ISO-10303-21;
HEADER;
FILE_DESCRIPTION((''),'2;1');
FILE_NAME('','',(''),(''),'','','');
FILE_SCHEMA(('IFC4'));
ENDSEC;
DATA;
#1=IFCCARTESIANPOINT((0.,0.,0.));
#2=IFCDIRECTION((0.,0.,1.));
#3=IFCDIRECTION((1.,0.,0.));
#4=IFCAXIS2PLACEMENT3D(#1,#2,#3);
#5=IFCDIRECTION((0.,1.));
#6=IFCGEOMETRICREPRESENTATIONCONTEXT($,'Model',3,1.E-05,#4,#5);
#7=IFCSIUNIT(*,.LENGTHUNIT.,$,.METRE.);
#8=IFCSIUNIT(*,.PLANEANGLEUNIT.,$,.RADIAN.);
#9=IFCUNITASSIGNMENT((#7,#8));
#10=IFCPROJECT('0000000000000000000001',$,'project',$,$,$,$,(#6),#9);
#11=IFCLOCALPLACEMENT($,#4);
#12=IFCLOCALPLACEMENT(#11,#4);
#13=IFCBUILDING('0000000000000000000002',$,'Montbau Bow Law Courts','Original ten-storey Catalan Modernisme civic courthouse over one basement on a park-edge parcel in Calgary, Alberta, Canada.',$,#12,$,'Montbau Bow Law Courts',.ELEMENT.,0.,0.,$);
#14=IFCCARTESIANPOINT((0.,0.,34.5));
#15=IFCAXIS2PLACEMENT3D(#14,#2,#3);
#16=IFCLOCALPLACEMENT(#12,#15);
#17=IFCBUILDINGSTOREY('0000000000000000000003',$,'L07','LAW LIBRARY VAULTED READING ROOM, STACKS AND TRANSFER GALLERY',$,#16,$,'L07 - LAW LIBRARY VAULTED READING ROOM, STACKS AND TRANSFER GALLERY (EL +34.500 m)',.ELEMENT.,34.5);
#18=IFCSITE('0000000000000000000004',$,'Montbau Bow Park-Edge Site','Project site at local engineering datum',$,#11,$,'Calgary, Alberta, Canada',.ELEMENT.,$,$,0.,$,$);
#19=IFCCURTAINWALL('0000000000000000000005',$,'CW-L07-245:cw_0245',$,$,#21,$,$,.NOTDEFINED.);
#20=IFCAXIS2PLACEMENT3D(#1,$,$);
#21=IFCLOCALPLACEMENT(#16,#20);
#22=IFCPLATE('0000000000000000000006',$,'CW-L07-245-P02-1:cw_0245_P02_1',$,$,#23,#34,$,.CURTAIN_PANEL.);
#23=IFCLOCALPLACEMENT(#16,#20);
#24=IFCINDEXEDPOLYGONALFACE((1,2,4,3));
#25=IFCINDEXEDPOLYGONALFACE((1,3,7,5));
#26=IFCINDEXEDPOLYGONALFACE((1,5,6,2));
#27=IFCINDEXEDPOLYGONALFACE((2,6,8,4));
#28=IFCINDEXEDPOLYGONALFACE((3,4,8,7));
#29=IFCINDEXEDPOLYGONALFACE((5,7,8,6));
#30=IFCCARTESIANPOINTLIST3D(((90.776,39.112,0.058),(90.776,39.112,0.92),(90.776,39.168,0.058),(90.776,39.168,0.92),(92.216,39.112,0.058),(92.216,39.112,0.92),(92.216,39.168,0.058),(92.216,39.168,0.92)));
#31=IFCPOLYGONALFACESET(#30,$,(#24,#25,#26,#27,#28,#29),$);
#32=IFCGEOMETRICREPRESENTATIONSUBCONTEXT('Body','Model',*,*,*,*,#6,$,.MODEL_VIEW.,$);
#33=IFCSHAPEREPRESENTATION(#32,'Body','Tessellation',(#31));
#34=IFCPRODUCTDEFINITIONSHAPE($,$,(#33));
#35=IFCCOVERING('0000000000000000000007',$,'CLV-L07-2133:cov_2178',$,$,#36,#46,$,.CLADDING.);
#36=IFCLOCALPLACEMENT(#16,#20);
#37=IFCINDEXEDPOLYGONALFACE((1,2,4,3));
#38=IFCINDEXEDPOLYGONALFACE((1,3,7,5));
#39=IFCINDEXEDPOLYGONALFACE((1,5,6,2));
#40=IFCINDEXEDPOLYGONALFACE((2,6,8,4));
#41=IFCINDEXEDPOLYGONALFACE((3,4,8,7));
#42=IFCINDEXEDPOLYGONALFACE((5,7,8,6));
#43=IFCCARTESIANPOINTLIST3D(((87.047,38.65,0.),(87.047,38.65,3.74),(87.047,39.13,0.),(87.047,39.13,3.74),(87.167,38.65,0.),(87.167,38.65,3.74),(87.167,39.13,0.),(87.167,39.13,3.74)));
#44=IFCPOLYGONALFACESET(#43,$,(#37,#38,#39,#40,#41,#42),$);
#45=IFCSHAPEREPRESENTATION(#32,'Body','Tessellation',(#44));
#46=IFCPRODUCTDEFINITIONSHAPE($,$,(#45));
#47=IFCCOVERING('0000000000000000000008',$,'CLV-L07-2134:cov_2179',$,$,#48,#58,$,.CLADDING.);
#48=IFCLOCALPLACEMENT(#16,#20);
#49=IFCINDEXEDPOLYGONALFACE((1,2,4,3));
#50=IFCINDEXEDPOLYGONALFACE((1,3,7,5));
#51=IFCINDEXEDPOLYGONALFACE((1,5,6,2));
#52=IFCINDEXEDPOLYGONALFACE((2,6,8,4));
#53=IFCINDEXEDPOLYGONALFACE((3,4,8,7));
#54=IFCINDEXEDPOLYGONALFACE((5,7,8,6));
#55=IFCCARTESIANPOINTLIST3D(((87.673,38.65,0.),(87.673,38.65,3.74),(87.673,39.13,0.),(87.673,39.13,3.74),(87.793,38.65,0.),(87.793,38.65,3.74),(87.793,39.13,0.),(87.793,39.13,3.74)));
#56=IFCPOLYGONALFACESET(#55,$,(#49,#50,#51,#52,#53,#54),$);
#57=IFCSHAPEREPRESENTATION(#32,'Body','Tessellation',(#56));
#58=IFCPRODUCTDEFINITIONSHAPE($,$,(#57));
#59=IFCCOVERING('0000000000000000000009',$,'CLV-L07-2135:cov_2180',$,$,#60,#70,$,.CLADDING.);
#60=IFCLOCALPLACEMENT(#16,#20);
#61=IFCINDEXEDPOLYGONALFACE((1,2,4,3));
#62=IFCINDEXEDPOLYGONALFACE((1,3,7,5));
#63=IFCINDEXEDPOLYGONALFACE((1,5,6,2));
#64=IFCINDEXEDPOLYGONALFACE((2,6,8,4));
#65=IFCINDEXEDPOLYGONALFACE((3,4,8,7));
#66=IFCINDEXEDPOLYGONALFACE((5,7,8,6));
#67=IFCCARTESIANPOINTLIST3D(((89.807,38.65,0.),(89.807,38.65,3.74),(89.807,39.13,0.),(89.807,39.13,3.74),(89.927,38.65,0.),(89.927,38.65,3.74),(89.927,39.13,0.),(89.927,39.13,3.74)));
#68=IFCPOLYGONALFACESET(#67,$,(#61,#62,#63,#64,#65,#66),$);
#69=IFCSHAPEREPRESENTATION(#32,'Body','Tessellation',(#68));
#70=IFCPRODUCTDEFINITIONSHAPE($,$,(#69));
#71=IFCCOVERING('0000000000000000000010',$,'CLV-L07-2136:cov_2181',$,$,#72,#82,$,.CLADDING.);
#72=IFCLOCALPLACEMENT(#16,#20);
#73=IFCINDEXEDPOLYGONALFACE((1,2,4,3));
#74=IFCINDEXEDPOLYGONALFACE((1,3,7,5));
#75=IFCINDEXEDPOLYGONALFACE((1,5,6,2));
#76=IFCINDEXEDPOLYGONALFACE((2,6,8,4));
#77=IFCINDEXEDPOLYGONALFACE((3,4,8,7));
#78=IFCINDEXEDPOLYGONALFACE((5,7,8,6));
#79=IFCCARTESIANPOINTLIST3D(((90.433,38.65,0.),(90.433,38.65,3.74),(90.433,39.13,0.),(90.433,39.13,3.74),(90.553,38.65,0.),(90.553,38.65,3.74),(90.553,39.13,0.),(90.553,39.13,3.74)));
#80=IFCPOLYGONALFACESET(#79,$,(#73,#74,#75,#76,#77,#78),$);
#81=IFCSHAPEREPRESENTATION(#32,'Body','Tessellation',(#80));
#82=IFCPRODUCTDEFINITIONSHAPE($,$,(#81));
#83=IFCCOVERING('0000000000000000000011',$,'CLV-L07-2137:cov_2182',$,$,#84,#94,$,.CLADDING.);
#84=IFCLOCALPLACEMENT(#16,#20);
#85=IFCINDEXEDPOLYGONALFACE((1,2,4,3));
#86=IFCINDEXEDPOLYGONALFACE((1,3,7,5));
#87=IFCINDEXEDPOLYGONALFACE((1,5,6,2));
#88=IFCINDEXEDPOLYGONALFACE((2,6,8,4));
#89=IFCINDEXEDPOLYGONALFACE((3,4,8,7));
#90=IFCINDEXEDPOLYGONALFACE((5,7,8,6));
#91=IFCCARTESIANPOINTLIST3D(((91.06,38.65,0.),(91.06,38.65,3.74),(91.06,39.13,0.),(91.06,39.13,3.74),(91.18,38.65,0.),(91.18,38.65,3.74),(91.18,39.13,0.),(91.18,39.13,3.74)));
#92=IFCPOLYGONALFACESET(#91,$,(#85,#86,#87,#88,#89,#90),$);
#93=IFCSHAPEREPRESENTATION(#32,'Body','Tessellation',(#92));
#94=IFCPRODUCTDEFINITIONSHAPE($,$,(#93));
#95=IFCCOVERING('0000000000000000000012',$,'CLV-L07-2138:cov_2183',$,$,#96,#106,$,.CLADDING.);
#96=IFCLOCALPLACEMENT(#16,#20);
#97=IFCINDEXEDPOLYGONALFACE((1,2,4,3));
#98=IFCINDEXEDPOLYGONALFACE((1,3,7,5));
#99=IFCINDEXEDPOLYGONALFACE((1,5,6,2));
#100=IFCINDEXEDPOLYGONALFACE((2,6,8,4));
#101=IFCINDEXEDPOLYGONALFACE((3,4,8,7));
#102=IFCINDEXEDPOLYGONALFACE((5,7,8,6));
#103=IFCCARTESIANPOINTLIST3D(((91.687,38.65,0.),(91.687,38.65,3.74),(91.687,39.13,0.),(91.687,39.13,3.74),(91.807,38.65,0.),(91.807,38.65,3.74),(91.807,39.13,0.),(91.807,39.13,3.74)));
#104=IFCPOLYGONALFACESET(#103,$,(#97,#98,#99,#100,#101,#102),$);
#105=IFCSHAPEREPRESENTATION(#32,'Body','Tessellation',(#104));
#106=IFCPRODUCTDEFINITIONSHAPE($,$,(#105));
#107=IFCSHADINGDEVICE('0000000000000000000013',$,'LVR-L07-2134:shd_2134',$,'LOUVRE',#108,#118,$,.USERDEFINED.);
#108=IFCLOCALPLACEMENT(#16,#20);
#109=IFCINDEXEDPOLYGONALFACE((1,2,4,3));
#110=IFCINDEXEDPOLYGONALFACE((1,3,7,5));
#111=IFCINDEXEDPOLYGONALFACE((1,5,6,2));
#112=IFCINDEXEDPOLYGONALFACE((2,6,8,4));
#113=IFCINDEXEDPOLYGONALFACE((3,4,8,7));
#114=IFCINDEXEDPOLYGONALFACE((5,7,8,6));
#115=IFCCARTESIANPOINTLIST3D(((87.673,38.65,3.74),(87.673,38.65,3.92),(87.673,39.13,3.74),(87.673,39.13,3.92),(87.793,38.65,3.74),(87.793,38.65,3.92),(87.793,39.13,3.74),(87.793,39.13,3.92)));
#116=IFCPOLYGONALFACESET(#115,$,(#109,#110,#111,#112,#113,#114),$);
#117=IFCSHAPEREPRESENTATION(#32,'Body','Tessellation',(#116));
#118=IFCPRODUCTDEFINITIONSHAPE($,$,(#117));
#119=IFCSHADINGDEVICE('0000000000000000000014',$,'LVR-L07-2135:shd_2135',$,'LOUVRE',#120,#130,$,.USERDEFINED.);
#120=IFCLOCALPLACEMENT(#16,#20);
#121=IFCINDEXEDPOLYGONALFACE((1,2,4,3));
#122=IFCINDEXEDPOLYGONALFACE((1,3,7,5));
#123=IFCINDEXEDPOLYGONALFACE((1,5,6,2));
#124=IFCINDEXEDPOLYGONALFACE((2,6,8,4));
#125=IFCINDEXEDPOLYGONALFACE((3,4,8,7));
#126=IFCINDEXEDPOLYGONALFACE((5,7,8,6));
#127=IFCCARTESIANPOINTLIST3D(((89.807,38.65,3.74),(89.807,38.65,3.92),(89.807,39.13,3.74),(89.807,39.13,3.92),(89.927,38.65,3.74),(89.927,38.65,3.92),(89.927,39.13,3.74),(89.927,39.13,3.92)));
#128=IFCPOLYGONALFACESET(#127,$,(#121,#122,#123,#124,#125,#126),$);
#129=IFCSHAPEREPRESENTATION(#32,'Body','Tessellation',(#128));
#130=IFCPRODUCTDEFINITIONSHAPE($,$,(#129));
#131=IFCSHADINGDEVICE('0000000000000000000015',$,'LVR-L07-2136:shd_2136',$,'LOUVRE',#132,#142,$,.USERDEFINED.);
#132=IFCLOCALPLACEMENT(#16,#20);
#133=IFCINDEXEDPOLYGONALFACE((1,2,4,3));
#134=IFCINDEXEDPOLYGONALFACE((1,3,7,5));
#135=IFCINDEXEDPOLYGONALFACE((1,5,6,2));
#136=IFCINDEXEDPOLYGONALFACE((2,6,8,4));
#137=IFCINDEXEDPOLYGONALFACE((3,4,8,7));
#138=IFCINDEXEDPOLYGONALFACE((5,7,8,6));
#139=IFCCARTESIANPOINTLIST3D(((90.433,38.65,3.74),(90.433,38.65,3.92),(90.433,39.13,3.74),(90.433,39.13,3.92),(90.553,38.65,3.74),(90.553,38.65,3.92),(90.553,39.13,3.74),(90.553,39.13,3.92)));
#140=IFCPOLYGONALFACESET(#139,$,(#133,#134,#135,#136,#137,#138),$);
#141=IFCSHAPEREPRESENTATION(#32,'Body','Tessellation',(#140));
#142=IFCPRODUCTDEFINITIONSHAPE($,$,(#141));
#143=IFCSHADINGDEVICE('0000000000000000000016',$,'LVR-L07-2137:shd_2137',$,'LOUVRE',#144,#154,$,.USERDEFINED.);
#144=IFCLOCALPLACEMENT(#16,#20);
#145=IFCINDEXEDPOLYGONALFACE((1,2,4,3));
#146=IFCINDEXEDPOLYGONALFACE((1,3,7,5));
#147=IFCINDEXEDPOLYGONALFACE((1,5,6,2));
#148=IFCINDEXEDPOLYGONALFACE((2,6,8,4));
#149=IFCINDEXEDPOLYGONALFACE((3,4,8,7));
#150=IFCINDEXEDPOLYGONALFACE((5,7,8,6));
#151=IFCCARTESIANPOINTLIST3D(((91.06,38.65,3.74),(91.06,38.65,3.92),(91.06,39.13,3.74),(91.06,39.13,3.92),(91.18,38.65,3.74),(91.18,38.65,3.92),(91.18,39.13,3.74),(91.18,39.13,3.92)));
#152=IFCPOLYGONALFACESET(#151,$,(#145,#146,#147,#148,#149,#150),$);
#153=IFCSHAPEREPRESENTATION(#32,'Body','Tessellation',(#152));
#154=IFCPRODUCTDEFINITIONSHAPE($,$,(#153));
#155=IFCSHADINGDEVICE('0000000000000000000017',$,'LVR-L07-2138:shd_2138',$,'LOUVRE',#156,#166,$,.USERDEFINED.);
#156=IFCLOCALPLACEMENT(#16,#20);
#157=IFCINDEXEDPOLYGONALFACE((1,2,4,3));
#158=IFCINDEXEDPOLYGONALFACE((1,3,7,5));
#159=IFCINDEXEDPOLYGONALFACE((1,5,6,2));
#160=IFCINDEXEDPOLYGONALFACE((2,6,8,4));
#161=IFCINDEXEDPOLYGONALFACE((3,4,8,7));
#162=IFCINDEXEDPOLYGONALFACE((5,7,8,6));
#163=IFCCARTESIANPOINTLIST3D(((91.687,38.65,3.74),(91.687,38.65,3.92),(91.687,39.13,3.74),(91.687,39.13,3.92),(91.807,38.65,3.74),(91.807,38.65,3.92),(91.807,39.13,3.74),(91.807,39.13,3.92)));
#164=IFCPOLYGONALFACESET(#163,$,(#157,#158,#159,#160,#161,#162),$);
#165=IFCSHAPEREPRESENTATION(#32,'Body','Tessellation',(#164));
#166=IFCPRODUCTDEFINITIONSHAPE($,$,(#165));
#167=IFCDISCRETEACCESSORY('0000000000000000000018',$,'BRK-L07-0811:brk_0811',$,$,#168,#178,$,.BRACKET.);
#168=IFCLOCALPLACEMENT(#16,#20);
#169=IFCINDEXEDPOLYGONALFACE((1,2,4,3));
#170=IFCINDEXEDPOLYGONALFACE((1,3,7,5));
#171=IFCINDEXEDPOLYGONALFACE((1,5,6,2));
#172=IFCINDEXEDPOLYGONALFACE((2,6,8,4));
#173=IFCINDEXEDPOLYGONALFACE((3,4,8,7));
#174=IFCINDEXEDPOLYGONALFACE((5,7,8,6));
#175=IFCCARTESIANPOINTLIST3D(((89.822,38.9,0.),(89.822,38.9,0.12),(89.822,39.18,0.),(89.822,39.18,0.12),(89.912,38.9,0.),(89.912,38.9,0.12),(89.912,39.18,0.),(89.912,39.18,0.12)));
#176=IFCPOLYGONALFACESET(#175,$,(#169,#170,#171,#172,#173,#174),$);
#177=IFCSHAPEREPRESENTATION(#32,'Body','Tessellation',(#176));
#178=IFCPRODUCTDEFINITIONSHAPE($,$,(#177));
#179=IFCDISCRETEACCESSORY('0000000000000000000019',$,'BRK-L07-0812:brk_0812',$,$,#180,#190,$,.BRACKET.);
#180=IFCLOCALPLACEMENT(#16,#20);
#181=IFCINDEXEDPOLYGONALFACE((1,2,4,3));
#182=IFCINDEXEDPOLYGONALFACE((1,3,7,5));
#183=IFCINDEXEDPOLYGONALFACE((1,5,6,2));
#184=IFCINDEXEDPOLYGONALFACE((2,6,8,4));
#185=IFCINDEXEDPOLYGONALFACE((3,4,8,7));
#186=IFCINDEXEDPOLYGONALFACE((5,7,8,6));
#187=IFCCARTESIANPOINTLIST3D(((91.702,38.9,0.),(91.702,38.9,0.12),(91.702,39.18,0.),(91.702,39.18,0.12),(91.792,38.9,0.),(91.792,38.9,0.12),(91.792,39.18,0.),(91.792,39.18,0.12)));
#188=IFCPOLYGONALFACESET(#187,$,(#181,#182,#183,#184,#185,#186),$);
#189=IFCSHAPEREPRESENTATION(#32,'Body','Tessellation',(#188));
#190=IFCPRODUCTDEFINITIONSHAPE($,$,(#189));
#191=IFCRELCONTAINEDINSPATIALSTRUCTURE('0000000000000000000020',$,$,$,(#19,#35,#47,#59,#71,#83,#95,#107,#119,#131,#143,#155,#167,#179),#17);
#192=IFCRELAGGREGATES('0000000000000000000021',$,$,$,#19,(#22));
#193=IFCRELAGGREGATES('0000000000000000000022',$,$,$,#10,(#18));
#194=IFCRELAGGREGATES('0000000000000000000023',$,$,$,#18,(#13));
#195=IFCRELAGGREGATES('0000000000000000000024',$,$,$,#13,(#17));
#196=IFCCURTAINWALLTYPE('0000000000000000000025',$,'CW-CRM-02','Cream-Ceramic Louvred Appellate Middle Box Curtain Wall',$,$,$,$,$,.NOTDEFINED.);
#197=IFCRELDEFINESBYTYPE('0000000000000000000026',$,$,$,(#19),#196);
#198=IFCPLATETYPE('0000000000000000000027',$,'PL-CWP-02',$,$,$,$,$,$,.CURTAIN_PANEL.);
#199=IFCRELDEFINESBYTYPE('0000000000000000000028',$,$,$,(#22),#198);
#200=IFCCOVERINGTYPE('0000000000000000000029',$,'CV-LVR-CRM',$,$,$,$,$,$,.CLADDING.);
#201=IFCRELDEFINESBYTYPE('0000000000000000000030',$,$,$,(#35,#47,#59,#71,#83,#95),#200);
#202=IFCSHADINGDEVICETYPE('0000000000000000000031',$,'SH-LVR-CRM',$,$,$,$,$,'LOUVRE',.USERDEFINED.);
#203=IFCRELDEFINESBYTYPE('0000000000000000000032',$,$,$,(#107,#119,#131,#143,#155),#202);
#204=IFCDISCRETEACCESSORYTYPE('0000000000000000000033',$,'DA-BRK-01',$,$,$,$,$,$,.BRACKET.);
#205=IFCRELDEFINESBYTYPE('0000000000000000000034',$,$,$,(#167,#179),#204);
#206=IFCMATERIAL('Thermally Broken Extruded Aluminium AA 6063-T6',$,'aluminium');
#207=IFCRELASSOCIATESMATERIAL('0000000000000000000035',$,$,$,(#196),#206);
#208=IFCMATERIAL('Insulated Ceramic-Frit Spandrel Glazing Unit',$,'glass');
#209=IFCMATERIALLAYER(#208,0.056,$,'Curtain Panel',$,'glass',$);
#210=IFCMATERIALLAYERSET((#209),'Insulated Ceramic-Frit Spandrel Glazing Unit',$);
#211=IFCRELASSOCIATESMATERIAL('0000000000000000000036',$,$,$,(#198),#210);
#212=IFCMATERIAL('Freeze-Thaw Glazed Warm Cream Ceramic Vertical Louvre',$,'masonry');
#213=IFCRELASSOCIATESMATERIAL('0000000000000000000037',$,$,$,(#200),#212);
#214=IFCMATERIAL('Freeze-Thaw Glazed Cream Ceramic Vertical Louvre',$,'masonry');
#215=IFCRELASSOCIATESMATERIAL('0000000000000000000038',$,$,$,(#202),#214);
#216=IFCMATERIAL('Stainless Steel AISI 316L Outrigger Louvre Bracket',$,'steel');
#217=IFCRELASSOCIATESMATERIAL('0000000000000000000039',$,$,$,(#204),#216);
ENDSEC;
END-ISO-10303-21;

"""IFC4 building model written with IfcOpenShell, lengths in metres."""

from ifc_helpers import new_model, si_unit, direction, frame, frame_2d, origin_with_axes, origin_2d_with_axis, place, context, subcontext, project, spatial, rectangle, extrude, material, layer, layer_set, type_object, element, aggregate, save


model = new_model("IFC4")

# Units and contexts
model_context = context("Model", 3, precision=1e-05, world=origin_with_axes(), true_north=direction((0.0, 1.0)))
body_context = subcontext(model_context, "Body", "Model", "MODEL_VIEW")
ifc_project = project(units=[si_unit("LENGTHUNIT", "METRE"), si_unit("PLANEANGLEUNIT", "RADIAN")], contexts=[model_context])

# Site, building, storey
site_placement = place(None, origin_with_axes())
site = spatial("IfcSite", under=ifc_project, at=site_placement, Name="Montbau Bow Park-Edge Site", Description="Project site at local engineering datum", LongName="Calgary, Alberta, Canada", CompositionType="ELEMENT", RefElevation=0.0)
building_placement = place(site_placement, origin_with_axes())
building = spatial("IfcBuilding", under=site, at=building_placement, Name="Montbau Bow Law Courts", Description="Original ten-storey Catalan Modernisme civic courthouse over one basement on a park-edge parcel in Calgary, Alberta, Canada.", LongName="Montbau Bow Law Courts", CompositionType="ELEMENT", ElevationOfRefHeight=0.0, ElevationOfTerrain=0.0)
storey_placement = place(building_placement, frame((0.0, 0.0, 34.5), z_axis=(0.0, 0.0, 1.0), x_axis=(1.0, 0.0, 0.0)))
storey = spatial("IfcBuildingStorey", under=building, at=storey_placement, Name="L07", Description="LAW LIBRARY VAULTED READING ROOM, STACKS AND TRANSFER GALLERY", LongName="L07 - LAW LIBRARY VAULTED READING ROOM, STACKS AND TRANSFER GALLERY (EL +34.500 m)", CompositionType="ELEMENT", Elevation=34.5)

# Shared definitions
ifc_material_1 = material(Name="Thermally Broken Extruded Aluminium AA 6063-T6", Category="aluminium")
curtain_wall_type = type_object("IfcCurtainWallType", Name="CW-CRM-02", Description="Cream-Ceramic Louvred Appellate Middle Box Curtain Wall", PredefinedType="NOTDEFINED", material=ifc_material_1)

# Curtain wall, plate
curtain_wall_1_placement = place(None, frame((89.24, 39.14, 34.5), z_axis=(0.0, 0.0, 1.0), x_axis=(1.0, 0.0, 0.0)))
curtain_wall_1 = element("IfcCurtainWall", 1, at=curtain_wall_1_placement, inside=storey, type_object=curtain_wall_type, Name="CW-L07-245:cw_0245", PredefinedType="NOTDEFINED")
ifc_material_2 = material(Name="Insulated Ceramic-Frit Spandrel Glazing Unit", Category="glass")
ifc_layer_1 = layer(ifc_material_2, 0.056, Name="Curtain Panel", Category="glass")
ifc_layer_set_1 = layer_set([ifc_layer_1], Name="Insulated Ceramic-Frit Spandrel Glazing Unit")
plate_type_1 = type_object("IfcPlateType", Name="PL-CWP-02", PredefinedType="CURTAIN_PANEL", material=ifc_layer_set_1)
plate_1_placement = place(None, frame((90.776, 39.14, 34.558), z_axis=(0.0, -1.0, 0.0), x_axis=(1.0, 0.0, 0.0)))
plate_1 = element("IfcPlate", 2, at=plate_1_placement, type_object=plate_type_1, Name="CW-L07-245-P02-1:cw_0245_P02_1", PredefinedType="CURTAIN_PANEL", context=body_context, shape_type="SweptSolid", body=[
    extrude(rectangle(XDim=1.44, YDim=0.862, at=frame_2d((0.72, 0.431), x_axis=(1.0, 0.0))), frame((0.0, 0.0, -0.028), z_axis=(0.0, 0.0, 1.0), x_axis=(1.0, 0.0, 0.0)), (0.0, 0.0, 1.0), 0.056),
])
aggregate(curtain_wall_1, [plate_1])

# Coverings
ifc_material_3 = material(Name="Freeze-Thaw Glazed Warm Cream Ceramic Vertical Louvre", Category="masonry")
covering_type = type_object("IfcCoveringType", Name="CV-LVR-CRM", PredefinedType="CLADDING", material=ifc_material_3)
for number, where, z_axis, x_axis, name in (
    (3, (87.107, 39.13, 34.5), (-1.0, 0.0, 0.0), (0.0, -1.0, 0.0), "CLV-L07-2133:cov_2178"),
    (4, (87.733, 39.13, 34.5), (-1.0, 0.0, 0.0), (0.0, -1.0, 0.0), "CLV-L07-2134:cov_2179"),
    (5, (89.867, 39.13, 34.5), (-1.0, 0.0, 0.0), (0.0, -1.0, 0.0), "CLV-L07-2135:cov_2180"),
    (6, (90.493, 39.13, 34.5), (-1.0, 0.0, 0.0), (0.0, -1.0, 0.0), "CLV-L07-2136:cov_2181"),
    (7, (91.12, 39.13, 34.5), (-1.0, 0.0, 0.0), (0.0, -1.0, 0.0), "CLV-L07-2137:cov_2182"),
    (8, (91.747, 39.13, 34.5), (-1.0, 0.0, 0.0), (0.0, -1.0, 0.0), "CLV-L07-2138:cov_2183"),
):
    element("IfcCovering", number, at=place(None, frame(where, z_axis=z_axis, x_axis=x_axis)), inside=storey, type_object=covering_type, Name=name, PredefinedType="CLADDING", context=body_context, shape_type="SweptSolid", body=[
        extrude(rectangle(XDim=0.48, YDim=3.74, at=frame_2d((0.24, 1.87), x_axis=(1.0, 0.0))), frame((0.0, 0.0, -0.06), z_axis=(0.0, 0.0, 1.0), x_axis=(1.0, 0.0, 0.0)), (0.0, 0.0, 1.0), 0.12),
    ])

# Shading devices
ifc_material_4 = material(Name="Freeze-Thaw Glazed Cream Ceramic Vertical Louvre", Category="masonry")
shading_device_type = type_object("IfcShadingDeviceType", Name="SH-LVR-CRM", ElementType="LOUVRE", PredefinedType="USERDEFINED", material=ifc_material_4)
for number, where, z_axis, x_axis, name in (
    (9, (87.733, 38.89, 38.24), (0.0, 0.0, 1.0), (0.0, -1.0, 0.0), "LVR-L07-2134:shd_2134"),
    (10, (89.867, 38.89, 38.24), (0.0, 0.0, 1.0), (0.0, -1.0, 0.0), "LVR-L07-2135:shd_2135"),
    (11, (90.493, 38.89, 38.24), (0.0, 0.0, 1.0), (0.0, -1.0, 0.0), "LVR-L07-2136:shd_2136"),
    (12, (91.12, 38.89, 38.24), (0.0, 0.0, 1.0), (0.0, -1.0, 0.0), "LVR-L07-2137:shd_2137"),
    (13, (91.747, 38.89, 38.24), (0.0, 0.0, 1.0), (0.0, -1.0, 0.0), "LVR-L07-2138:shd_2138"),
):
    element("IfcShadingDevice", number, at=place(None, frame(where, z_axis=z_axis, x_axis=x_axis)), inside=storey, type_object=shading_device_type, Name=name, ObjectType="LOUVRE", PredefinedType="USERDEFINED", context=body_context, shape_type="SweptSolid", body=[
        extrude(rectangle(XDim=0.48, YDim=0.12, at=origin_2d_with_axis()), origin_with_axes(), (0.0, 0.0, 1.0), 0.18),
    ])

# Discrete accessories
ifc_material_5 = material(Name="Stainless Steel AISI 316L Outrigger Louvre Bracket", Category="steel")
discrete_accessory_type = type_object("IfcDiscreteAccessoryType", Name="DA-BRK-01", PredefinedType="BRACKET", material=ifc_material_5)
for number, where, z_axis, x_axis, name in (
    (14, (89.867, 39.04, 34.5), (0.0, 0.0, 1.0), (0.0, -1.0, 0.0), "BRK-L07-0811:brk_0811"),
    (15, (91.747, 39.04, 34.5), (0.0, 0.0, 1.0), (0.0, -1.0, 0.0), "BRK-L07-0812:brk_0812"),
):
    element("IfcDiscreteAccessory", number, at=place(None, frame(where, z_axis=z_axis, x_axis=x_axis)), inside=storey, type_object=discrete_accessory_type, Name=name, PredefinedType="BRACKET", context=body_context, shape_type="SweptSolid", body=[
        extrude(rectangle(XDim=0.28, YDim=0.09, at=origin_2d_with_axis()), origin_with_axes(), (0.0, 0.0, 1.0), 0.12),
    ])

save(model, "model.ifc")
